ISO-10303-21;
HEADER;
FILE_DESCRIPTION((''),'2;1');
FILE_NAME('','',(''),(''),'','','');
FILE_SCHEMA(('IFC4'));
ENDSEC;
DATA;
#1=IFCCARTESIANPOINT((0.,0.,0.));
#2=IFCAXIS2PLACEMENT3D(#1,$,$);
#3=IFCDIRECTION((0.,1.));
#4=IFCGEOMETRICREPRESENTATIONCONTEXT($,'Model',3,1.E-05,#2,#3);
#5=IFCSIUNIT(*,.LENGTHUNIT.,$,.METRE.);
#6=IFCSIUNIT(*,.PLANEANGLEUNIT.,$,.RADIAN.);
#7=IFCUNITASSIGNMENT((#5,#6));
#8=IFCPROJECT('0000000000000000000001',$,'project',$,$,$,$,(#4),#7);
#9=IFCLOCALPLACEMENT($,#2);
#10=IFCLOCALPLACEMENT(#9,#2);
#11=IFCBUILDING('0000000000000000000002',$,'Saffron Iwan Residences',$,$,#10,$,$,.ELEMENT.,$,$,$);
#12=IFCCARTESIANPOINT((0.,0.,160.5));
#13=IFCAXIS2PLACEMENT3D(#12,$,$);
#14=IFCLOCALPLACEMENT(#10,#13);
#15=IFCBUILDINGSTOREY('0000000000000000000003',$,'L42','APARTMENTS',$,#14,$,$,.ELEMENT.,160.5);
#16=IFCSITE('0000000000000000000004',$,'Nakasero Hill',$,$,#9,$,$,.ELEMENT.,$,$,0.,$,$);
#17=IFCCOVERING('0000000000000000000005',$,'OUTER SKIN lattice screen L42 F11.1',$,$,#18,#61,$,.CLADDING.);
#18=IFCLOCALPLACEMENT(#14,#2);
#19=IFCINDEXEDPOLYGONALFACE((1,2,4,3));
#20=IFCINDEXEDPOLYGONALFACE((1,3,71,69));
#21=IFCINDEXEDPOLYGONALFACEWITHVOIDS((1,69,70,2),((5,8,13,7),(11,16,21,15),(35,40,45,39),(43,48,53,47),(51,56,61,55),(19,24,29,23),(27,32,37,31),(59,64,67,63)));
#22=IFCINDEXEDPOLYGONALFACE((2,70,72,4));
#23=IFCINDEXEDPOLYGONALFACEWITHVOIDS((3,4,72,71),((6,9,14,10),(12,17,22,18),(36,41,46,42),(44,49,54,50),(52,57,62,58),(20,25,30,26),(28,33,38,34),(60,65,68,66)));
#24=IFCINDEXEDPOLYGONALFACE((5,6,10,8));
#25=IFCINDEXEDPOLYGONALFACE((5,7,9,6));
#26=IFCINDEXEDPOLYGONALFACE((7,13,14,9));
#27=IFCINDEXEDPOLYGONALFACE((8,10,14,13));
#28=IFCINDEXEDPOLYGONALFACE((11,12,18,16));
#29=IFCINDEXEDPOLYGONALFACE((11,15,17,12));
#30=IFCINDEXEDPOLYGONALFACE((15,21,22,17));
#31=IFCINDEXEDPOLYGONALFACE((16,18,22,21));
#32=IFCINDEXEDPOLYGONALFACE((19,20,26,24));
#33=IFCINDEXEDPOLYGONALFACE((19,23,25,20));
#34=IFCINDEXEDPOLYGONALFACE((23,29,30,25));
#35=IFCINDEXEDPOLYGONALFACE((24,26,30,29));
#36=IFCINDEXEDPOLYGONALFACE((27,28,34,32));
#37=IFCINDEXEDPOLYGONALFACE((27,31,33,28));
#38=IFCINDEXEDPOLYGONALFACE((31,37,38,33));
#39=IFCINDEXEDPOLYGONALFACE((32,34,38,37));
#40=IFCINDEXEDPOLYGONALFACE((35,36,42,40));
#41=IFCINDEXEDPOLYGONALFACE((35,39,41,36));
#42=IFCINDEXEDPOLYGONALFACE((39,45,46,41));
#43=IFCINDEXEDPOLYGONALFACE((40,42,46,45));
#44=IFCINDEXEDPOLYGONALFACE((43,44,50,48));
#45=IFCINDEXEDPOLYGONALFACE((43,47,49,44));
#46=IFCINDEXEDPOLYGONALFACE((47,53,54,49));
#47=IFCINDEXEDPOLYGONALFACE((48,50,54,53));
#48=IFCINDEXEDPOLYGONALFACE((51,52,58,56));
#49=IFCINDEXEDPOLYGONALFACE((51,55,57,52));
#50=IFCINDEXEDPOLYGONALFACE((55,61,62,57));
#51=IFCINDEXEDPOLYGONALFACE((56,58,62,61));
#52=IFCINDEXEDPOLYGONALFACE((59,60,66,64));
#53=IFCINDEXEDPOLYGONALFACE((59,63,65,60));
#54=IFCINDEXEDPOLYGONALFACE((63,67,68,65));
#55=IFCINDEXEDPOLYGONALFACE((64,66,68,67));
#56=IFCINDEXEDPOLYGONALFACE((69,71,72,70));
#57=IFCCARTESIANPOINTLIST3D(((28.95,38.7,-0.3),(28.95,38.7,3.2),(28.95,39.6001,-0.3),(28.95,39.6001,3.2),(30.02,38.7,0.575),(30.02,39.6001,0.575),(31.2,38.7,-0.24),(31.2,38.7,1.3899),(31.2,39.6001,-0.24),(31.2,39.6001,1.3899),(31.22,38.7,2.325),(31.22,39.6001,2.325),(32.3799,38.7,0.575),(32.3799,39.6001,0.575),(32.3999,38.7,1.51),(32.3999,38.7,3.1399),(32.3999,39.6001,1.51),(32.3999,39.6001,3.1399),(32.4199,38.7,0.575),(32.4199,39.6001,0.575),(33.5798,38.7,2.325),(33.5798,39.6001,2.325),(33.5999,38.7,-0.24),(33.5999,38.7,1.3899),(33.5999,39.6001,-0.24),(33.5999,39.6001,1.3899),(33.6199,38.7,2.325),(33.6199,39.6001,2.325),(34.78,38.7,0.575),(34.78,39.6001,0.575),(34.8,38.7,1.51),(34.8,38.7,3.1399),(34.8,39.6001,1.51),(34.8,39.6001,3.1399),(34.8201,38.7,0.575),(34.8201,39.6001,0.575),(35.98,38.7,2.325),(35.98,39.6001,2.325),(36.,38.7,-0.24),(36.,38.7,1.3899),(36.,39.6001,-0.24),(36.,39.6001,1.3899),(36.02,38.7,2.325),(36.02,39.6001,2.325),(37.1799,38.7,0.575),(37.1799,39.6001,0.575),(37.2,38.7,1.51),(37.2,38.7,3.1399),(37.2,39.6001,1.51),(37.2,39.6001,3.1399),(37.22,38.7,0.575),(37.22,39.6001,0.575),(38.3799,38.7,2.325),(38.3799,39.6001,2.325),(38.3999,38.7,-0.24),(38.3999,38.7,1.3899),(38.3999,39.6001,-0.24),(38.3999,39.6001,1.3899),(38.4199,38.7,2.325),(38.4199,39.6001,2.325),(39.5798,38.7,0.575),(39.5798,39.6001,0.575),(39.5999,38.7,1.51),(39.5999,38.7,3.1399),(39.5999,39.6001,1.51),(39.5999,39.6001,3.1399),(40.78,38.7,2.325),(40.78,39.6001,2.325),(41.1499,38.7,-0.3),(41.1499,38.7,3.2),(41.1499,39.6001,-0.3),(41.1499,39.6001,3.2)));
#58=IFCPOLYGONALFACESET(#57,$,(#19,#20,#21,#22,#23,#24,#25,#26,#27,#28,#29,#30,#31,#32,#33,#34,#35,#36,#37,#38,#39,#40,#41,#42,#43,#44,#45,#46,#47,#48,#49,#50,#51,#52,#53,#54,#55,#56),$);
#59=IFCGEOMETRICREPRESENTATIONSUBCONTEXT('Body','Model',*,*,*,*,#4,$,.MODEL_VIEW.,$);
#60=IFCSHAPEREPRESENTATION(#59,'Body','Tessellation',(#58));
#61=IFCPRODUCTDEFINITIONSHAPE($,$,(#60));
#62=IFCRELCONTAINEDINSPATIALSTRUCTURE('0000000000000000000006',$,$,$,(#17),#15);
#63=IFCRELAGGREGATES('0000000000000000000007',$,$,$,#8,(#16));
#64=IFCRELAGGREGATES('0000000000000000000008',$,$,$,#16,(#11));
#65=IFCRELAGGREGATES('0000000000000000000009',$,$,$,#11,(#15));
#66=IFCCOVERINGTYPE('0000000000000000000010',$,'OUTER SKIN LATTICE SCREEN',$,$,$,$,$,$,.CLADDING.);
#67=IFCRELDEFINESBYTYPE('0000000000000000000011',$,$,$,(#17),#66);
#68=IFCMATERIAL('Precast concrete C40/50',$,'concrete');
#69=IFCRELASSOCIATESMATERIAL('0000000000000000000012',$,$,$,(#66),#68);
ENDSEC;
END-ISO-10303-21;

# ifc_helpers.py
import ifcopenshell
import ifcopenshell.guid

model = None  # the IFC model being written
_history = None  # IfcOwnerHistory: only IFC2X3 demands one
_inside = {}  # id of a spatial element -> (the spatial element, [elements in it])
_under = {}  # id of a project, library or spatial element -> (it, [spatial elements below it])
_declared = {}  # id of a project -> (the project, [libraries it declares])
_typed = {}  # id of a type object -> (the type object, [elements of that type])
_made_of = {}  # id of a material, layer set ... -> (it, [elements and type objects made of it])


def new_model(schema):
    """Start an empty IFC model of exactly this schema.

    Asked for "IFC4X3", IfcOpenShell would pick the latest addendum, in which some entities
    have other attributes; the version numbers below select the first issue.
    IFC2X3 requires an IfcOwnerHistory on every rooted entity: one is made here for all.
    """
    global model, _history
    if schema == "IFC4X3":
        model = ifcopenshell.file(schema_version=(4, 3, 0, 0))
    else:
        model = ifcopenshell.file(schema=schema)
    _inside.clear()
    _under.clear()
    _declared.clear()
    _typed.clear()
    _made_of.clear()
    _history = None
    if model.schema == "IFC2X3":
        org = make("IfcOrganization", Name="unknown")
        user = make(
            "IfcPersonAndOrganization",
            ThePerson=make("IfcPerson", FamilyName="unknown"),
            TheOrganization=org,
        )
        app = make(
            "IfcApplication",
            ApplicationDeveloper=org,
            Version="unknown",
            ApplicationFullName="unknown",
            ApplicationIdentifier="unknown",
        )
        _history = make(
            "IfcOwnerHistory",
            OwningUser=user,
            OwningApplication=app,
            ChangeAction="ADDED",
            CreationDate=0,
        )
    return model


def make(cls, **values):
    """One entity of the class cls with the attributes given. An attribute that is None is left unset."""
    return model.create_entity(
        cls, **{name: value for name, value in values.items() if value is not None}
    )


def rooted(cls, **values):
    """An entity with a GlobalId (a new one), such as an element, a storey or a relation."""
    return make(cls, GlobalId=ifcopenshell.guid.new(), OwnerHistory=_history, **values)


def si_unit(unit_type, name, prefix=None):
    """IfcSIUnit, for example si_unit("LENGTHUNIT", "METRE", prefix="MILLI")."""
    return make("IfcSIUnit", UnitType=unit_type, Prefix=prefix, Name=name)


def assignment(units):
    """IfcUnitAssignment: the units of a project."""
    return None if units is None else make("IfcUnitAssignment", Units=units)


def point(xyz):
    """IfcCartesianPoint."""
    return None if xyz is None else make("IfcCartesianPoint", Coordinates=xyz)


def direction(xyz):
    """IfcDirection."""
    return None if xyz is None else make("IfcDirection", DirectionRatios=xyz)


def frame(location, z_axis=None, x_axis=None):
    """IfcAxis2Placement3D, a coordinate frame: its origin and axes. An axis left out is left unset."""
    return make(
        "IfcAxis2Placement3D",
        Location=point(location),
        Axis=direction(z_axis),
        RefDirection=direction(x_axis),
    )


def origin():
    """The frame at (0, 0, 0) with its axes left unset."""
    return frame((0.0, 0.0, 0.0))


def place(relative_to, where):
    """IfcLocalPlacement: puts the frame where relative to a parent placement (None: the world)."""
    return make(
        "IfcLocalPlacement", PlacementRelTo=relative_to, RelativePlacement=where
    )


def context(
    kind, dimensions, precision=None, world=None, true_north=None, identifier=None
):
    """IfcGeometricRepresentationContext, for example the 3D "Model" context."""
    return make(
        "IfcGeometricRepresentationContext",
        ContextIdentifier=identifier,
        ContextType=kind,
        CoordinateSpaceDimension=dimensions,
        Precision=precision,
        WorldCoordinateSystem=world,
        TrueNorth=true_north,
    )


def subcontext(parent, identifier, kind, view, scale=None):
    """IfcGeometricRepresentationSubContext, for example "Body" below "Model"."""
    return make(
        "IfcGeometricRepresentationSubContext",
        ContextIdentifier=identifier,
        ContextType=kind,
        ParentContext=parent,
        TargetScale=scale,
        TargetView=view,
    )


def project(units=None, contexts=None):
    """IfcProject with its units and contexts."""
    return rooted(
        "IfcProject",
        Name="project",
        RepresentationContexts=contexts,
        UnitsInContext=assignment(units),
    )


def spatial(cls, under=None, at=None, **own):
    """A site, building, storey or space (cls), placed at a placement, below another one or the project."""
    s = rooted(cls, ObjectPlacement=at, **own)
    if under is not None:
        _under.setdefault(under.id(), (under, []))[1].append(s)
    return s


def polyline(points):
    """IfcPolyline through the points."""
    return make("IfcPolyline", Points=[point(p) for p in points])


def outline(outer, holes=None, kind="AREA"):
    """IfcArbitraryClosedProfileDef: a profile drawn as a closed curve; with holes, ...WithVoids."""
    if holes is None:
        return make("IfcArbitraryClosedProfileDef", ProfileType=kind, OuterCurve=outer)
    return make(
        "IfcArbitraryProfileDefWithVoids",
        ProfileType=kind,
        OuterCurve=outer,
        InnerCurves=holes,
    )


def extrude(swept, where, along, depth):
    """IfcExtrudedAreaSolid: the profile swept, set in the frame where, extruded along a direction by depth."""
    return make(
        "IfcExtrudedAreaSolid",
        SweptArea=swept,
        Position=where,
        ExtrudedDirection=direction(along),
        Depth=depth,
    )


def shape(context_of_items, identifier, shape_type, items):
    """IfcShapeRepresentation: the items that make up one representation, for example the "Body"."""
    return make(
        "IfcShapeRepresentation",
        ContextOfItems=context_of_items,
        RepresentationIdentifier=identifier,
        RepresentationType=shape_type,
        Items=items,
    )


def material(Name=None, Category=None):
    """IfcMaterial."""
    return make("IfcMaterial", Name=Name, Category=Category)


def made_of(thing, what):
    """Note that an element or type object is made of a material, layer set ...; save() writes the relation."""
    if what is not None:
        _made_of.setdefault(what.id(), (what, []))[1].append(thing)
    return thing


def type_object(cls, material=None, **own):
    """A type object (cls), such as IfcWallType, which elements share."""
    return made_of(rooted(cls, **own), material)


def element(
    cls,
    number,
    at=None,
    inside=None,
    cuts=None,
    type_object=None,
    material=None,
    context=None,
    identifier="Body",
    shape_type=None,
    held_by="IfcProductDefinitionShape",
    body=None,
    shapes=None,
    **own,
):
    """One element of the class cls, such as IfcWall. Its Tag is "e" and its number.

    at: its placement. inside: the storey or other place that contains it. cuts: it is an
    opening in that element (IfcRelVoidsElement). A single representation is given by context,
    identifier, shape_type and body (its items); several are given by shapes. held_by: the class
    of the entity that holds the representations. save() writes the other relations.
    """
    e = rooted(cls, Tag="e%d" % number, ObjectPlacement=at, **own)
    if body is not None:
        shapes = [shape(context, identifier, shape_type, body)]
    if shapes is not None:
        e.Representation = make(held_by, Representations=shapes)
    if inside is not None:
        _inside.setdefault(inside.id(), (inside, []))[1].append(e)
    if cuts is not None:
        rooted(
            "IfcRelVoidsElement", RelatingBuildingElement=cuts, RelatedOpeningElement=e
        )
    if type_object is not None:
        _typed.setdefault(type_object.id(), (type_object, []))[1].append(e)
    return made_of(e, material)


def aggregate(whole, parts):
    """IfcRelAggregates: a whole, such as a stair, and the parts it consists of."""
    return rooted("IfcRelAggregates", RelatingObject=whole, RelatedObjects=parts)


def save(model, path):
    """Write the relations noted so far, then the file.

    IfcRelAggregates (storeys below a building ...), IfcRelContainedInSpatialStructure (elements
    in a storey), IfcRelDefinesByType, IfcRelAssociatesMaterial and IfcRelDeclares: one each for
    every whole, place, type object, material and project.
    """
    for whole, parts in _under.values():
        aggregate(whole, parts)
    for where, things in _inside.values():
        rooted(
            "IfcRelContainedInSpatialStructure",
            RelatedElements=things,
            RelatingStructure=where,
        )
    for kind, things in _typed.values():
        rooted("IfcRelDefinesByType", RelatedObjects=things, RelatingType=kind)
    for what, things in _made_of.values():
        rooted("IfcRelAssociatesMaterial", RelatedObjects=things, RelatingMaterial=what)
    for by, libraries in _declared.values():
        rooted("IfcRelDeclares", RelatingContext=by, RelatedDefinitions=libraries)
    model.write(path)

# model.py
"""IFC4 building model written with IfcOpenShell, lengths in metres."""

from ifc_helpers import new_model, si_unit, direction, frame, origin, place, context, subcontext, project, spatial, polyline, outline, extrude, material, type_object, element, save


model = new_model("IFC4")

# Units and contexts
model_context = context("Model", 3, precision=1e-05, world=origin(), true_north=direction((0.0, 1.0)))
body_context = subcontext(model_context, "Body", "Model", "MODEL_VIEW")
ifc_project = project(units=[si_unit("LENGTHUNIT", "METRE"), si_unit("PLANEANGLEUNIT", "RADIAN")], contexts=[model_context])

# Site, building, storey
site_placement = place(None, origin())
site = spatial("IfcSite", under=ifc_project, at=site_placement, Name="Nakasero Hill", CompositionType="ELEMENT", RefElevation=0.0)
building_placement = place(site_placement, origin())
building = spatial("IfcBuilding", under=site, at=building_placement, Name="Saffron Iwan Residences", CompositionType="ELEMENT")
storey_placement = place(building_placement, frame((0.0, 0.0, 160.5)))
storey = spatial("IfcBuildingStorey", under=building, at=storey_placement, Name="L42", Description="APARTMENTS", CompositionType="ELEMENT", Elevation=160.5)

# Covering
ifc_material_1 = material(Name="Precast concrete C40/50", Category="concrete")
covering_type = type_object("IfcCoveringType", Name="OUTER SKIN LATTICE SCREEN", PredefinedType="CLADDING", material=ifc_material_1)
covering_placement = place(storey_placement, frame((28.95, 39.6001, -0.3), z_axis=(0.0, -1.0, 0.0), x_axis=(1.0, 0.0, 0.0)))
element("IfcCovering", 1, at=covering_placement, inside=storey, type_object=covering_type, Name="OUTER SKIN lattice screen L42 F11.1", PredefinedType="CLADDING", context=body_context, shape_type="SweptSolid", body=[
    extrude(outline(polyline([(0.0, 0.0), (12.2, 0.0), (12.2, 3.5), (0.0, 3.5), (0.0, 0.0)]), holes=[polyline([(1.0701, 0.875), (2.25, 0.0601), (3.4299, 0.875), (2.25, 1.6899), (1.0701, 0.875)]), polyline([(3.47, 0.875), (4.6499, 0.0601), (5.8301, 0.875), (4.6499, 1.6899), (3.47, 0.875)]), polyline([(5.8701, 0.875), (7.05, 0.0601), (8.23, 0.875), (7.05, 1.6899), (5.8701, 0.875)]), polyline([(8.27, 0.875), (9.45, 0.0601), (10.6299, 0.875), (9.45, 1.6899), (8.27, 0.875)]), polyline([(2.27, 2.625), (3.45, 1.8101), (4.6299, 2.625), (3.45, 3.4399), (2.27, 2.625)]), polyline([(4.6699, 2.625), (5.8501, 1.8101), (7.03, 2.625), (5.8501, 3.4399), (4.6699, 2.625)]), polyline([(7.0701, 2.625), (8.25, 1.8101), (9.4299, 2.625), (8.25, 3.4399), (7.0701, 2.625)]), polyline([(9.47, 2.625), (10.6499, 1.8101), (11.8301, 2.625), (10.6499, 3.4399), (9.47, 2.625)])]), origin(), (0.0, 0.0, 1.0), 0.9001),
])

save(model, "model.ifc")
